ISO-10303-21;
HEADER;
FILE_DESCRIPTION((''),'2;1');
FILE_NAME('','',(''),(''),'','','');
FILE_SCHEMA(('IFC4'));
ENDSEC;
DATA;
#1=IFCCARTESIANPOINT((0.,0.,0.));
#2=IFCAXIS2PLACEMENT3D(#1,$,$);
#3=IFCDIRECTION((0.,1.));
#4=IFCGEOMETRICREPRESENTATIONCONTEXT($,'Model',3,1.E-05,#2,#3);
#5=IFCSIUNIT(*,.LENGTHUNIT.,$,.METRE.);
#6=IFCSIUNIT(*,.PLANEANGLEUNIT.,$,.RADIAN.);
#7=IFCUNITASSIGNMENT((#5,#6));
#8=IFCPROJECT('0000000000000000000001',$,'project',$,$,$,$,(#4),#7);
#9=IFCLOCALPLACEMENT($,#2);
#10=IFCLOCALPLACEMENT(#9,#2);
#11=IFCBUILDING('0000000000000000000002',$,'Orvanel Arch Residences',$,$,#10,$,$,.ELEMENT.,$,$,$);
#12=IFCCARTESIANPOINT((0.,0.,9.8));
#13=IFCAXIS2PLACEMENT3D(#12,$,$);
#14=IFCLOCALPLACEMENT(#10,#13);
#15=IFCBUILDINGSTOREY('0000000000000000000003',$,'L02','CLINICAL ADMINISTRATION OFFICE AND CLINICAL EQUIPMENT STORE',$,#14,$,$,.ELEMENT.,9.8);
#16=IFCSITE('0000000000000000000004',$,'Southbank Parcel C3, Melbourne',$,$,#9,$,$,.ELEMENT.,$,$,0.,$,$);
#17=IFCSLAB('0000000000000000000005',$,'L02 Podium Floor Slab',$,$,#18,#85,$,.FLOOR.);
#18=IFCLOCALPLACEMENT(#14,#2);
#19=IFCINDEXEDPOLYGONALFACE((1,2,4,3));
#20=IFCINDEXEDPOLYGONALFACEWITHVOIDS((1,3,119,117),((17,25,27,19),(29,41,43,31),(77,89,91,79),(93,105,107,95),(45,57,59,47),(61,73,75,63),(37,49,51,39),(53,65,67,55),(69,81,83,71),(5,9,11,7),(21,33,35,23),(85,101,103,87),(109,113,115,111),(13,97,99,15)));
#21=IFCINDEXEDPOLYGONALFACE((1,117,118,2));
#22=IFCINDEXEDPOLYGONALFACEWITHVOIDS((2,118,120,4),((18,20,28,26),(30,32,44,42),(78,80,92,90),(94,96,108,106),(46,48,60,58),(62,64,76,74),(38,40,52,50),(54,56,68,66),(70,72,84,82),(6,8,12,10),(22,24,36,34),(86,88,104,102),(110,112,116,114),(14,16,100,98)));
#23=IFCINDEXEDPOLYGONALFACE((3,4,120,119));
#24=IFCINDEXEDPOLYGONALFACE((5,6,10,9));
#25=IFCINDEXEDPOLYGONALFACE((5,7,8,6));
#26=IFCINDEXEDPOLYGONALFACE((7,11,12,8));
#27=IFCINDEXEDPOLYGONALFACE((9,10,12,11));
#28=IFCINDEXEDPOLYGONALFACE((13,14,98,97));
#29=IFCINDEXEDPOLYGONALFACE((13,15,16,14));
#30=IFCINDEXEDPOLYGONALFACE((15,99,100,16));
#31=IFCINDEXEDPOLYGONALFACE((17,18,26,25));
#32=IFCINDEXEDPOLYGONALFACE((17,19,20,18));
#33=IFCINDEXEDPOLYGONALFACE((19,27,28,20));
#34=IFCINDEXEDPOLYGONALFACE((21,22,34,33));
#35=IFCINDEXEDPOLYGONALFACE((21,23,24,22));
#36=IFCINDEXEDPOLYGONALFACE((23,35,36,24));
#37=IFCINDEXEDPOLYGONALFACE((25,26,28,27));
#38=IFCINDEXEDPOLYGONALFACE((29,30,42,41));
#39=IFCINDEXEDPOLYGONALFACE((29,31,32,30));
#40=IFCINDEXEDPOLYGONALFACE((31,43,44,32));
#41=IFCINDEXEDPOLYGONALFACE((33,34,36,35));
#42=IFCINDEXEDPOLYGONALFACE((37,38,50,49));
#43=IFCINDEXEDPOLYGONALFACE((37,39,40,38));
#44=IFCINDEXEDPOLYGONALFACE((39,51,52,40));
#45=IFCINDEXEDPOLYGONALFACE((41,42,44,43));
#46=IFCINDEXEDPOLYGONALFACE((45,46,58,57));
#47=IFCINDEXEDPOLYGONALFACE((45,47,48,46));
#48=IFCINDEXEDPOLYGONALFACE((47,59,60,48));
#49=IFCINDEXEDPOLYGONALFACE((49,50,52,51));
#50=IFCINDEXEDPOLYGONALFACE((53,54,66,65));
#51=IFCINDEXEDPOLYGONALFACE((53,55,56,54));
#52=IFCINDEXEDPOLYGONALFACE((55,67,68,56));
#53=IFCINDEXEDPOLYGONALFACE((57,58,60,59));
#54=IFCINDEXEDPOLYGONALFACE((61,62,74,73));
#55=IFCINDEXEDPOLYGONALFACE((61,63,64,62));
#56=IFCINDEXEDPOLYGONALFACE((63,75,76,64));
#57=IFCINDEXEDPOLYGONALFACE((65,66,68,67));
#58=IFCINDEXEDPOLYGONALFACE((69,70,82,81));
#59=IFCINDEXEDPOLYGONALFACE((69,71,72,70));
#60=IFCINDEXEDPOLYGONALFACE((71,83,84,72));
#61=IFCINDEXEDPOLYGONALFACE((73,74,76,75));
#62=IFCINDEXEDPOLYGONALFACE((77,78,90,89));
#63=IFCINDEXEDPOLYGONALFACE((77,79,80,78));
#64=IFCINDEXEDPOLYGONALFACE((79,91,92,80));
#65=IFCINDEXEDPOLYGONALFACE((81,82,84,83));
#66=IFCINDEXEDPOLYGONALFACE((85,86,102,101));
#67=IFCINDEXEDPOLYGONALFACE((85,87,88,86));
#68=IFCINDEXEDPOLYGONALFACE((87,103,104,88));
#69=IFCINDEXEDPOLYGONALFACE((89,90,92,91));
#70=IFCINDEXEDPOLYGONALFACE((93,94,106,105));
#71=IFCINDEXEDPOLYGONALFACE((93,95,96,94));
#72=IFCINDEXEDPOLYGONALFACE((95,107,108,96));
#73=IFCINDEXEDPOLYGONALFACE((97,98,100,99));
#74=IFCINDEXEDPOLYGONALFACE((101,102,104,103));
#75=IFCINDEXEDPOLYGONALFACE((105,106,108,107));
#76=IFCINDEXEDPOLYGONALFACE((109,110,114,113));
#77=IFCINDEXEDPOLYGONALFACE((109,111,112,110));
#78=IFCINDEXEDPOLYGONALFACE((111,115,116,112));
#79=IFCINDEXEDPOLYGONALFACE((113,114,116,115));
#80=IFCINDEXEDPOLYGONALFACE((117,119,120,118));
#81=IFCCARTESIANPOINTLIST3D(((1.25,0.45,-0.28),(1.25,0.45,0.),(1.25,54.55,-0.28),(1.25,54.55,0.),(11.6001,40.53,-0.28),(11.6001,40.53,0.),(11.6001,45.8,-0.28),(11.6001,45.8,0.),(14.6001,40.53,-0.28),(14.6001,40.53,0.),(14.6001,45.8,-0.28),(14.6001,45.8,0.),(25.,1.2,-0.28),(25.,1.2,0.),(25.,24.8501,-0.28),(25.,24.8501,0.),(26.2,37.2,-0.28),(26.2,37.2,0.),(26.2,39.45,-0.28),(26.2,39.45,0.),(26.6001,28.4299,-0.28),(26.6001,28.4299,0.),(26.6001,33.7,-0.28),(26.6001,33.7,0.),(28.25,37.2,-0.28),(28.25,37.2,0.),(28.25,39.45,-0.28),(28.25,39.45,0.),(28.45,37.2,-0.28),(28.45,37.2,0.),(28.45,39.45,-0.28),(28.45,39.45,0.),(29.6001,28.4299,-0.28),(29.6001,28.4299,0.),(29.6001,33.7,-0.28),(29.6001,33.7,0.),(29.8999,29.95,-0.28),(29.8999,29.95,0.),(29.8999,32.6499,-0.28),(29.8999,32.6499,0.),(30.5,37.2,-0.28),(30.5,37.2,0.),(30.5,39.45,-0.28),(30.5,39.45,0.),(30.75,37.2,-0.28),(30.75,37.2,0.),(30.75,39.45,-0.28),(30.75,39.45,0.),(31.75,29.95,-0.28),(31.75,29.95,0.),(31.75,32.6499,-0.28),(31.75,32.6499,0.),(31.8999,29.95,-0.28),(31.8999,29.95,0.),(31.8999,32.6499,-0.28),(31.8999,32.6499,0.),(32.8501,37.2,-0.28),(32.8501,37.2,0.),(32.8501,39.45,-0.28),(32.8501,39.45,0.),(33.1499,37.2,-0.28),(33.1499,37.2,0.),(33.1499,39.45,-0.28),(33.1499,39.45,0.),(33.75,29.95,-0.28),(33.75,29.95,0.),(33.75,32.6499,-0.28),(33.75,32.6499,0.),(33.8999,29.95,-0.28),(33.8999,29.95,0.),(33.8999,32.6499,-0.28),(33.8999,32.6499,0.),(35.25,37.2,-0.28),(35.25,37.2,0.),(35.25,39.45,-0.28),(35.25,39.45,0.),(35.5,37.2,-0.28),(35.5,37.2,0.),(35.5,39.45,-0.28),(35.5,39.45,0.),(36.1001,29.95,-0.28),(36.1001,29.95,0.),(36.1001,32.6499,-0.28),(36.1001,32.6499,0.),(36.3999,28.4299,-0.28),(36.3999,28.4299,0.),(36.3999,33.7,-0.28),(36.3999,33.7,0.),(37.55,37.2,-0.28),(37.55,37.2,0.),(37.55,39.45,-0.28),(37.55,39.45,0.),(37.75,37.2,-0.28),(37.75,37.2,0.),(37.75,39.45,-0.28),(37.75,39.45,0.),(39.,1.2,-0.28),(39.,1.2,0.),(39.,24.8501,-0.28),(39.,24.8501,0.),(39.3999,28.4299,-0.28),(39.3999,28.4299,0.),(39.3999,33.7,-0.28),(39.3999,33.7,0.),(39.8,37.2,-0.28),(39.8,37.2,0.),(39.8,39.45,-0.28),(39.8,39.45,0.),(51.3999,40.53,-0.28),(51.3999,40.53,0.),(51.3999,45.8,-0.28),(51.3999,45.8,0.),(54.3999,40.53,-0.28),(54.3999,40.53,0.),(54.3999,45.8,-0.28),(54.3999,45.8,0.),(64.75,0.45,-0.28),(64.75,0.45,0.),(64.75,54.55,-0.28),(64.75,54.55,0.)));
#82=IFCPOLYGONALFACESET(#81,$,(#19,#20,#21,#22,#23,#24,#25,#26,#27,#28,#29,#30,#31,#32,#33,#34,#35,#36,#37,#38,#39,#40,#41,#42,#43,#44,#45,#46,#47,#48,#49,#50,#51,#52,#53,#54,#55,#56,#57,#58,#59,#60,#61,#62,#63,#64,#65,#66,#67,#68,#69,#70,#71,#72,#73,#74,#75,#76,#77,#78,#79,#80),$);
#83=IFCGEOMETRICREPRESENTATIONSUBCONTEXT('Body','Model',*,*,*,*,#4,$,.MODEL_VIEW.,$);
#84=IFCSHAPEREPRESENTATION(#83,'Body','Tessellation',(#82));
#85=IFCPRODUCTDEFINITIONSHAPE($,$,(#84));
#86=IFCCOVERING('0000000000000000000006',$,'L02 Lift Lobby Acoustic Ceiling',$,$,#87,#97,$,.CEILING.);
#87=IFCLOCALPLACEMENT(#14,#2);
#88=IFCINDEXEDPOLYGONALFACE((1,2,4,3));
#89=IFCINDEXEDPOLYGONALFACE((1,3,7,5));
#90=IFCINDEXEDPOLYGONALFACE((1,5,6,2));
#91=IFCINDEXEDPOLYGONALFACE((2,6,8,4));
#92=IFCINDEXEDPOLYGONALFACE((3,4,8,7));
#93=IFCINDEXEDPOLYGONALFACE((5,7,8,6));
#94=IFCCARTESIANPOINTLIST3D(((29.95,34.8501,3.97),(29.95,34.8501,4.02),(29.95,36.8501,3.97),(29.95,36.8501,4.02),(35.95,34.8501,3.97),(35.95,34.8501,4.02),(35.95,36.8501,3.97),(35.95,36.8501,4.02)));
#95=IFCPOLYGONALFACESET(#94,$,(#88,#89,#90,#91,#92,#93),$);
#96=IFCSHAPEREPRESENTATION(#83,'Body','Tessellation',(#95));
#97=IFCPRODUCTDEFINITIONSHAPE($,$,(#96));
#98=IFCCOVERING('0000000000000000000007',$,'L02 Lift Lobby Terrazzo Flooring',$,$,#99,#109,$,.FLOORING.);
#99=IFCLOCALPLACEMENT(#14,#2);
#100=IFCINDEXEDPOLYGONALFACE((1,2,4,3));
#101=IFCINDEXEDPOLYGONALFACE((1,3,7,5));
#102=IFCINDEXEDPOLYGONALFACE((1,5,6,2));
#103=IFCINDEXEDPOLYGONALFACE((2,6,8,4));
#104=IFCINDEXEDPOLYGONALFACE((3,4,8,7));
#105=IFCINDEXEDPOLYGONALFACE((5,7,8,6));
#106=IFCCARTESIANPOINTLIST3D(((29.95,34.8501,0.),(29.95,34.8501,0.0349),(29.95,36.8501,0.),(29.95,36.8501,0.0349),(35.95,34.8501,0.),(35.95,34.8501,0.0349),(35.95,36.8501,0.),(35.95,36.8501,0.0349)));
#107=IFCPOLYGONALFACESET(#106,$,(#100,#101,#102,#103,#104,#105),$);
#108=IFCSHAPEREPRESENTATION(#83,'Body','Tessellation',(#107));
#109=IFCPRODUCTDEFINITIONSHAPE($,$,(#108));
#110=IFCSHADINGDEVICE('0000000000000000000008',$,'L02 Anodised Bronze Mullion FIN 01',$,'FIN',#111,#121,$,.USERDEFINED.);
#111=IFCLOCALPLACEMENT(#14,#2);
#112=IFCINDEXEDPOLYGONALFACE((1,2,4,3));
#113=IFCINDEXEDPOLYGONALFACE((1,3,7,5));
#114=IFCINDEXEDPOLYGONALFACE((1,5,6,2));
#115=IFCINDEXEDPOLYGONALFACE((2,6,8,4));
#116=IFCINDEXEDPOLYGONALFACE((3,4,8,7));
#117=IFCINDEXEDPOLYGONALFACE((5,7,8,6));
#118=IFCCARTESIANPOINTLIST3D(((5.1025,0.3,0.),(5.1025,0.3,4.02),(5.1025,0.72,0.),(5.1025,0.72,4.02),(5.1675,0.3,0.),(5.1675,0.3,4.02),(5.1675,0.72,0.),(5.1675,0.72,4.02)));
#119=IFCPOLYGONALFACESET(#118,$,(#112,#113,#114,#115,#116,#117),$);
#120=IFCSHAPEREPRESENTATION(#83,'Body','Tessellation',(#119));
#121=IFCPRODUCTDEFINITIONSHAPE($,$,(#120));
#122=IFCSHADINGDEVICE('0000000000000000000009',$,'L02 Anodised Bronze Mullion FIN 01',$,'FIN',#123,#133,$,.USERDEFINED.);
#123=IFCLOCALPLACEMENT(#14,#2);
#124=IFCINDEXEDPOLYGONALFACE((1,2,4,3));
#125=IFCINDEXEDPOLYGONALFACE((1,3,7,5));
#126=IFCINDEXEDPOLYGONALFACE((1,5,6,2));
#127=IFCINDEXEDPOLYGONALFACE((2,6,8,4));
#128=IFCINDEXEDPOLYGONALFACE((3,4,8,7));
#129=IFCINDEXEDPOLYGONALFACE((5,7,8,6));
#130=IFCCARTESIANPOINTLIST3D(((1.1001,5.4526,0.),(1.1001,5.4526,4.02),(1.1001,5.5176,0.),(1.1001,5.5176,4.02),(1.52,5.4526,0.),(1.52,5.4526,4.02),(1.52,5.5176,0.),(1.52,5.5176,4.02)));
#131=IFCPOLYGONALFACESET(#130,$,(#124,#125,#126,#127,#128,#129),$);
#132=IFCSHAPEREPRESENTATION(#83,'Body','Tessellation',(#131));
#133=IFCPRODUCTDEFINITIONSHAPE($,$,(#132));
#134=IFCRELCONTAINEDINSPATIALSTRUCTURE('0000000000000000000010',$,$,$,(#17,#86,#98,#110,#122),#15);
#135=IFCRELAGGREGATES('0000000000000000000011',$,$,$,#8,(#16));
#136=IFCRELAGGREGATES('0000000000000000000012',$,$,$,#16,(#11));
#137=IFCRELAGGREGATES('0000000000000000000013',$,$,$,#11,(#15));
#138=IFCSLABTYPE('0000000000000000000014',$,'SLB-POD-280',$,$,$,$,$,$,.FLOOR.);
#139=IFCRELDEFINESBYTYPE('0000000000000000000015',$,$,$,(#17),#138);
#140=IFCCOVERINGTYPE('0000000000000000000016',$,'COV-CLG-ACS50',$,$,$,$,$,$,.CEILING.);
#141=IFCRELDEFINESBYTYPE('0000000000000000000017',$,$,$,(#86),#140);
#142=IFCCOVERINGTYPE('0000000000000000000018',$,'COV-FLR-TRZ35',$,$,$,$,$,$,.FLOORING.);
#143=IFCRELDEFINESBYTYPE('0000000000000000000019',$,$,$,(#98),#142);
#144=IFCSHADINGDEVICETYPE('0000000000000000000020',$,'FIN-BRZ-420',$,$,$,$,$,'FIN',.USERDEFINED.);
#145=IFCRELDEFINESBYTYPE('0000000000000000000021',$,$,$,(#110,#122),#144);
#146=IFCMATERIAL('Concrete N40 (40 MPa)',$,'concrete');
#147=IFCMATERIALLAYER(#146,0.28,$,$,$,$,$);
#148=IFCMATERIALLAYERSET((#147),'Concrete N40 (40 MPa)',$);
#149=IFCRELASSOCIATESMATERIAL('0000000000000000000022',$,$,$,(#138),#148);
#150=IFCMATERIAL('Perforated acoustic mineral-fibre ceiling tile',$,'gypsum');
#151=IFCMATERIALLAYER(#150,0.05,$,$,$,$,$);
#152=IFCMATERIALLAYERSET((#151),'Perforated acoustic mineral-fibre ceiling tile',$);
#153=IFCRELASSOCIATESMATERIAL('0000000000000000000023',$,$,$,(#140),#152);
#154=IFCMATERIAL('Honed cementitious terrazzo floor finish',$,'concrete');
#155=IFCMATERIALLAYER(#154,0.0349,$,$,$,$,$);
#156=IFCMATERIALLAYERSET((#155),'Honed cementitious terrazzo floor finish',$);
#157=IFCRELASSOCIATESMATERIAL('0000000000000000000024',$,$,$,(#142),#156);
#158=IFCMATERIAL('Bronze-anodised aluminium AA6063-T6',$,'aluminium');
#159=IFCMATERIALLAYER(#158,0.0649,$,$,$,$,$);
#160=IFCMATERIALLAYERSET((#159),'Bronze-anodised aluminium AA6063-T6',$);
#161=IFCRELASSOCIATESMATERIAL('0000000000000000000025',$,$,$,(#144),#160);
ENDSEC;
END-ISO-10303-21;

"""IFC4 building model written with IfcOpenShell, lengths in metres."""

from ifc_helpers import new_model, si_unit, direction, frame, origin, origin_2d, place, context, subcontext, project, spatial, polyline, rectangle, outline, extrude, material, layer, layer_set, type_object, element, save


model = new_model("IFC4")

# Units and contexts
model_context = context("Model", 3, precision=1e-05, world=origin(), true_north=direction((0.0, 1.0)))
body_context = subcontext(model_context, "Body", "Model", "MODEL_VIEW")
ifc_project = project(units=[si_unit("LENGTHUNIT", "METRE"), si_unit("PLANEANGLEUNIT", "RADIAN")], contexts=[model_context])

# Site, building, storey
site_placement = place(None, origin())
site = spatial("IfcSite", under=ifc_project, at=site_placement, Name="Southbank Parcel C3, Melbourne", CompositionType="ELEMENT", RefElevation=0.0)
building_placement = place(site_placement, origin())
building = spatial("IfcBuilding", under=site, at=building_placement, Name="Orvanel Arch Residences", CompositionType="ELEMENT")
storey_placement = place(building_placement, frame((0.0, 0.0, 9.8)))
storey = spatial("IfcBuildingStorey", under=building, at=storey_placement, Name="L02", Description="CLINICAL ADMINISTRATION OFFICE AND CLINICAL EQUIPMENT STORE", CompositionType="ELEMENT", Elevation=9.8)

# Shared definitions
ifc_material_1 = material(Name="Bronze-anodised aluminium AA6063-T6", Category="aluminium")

# Shared definitions
ifc_material_2 = material(Name="Concrete N40 (40 MPa)", Category="concrete")

# Slab
ifc_layer_1 = layer(ifc_material_2, 0.28)
ifc_layer_set_1 = layer_set([ifc_layer_1], Name="Concrete N40 (40 MPa)")
slab_type_1 = type_object("IfcSlabType", Name="SLB-POD-280", PredefinedType="FLOOR", material=ifc_layer_set_1)
slab_1_placement = place(storey_placement, frame((0.0, 0.0, -0.28)))
element("IfcSlab", 1, at=slab_1_placement, inside=storey, type_object=slab_type_1, Name="L02 Podium Floor Slab", PredefinedType="FLOOR", context=body_context, shape_type="SweptSolid", body=[
    extrude(outline(polyline([(1.25, 0.45), (64.75, 0.45), (64.75, 54.55), (1.25, 54.55), (1.25, 0.45)]), holes=[polyline([(26.6001, 28.4299), (26.6001, 33.7), (29.6001, 33.7), (29.6001, 28.4299), (26.6001, 28.4299)]), polyline([(36.3999, 28.4299), (36.3999, 33.7), (39.3999, 33.7), (39.3999, 28.4299), (36.3999, 28.4299)]), polyline([(11.6001, 40.53), (11.6001, 45.8), (14.6001, 45.8), (14.6001, 40.53), (11.6001, 40.53)]), polyline([(51.3999, 40.53), (51.3999, 45.8), (54.3999, 45.8), (54.3999, 40.53), (51.3999, 40.53)]), polyline([(29.8999, 32.6499), (31.75, 32.6499), (31.75, 29.95), (29.8999, 29.95), (29.8999, 32.6499)]), polyline([(31.8999, 32.6499), (33.75, 32.6499), (33.75, 29.95), (31.8999, 29.95), (31.8999, 32.6499)]), polyline([(33.8999, 32.6499), (36.1001, 32.6499), (36.1001, 29.95), (33.8999, 29.95), (33.8999, 32.6499)]), polyline([(26.2, 39.45), (28.25, 39.45), (28.25, 37.2), (26.2, 37.2), (26.2, 39.45)]), polyline([(37.75, 39.45), (39.8, 39.45), (39.8, 37.2), (37.75, 37.2), (37.75, 39.45)]), polyline([(28.45, 39.45), (30.5, 39.45), (30.5, 37.2), (28.45, 37.2), (28.45, 39.45)]), polyline([(35.5, 39.45), (37.55, 39.45), (37.55, 37.2), (35.5, 37.2), (35.5, 39.45)]), polyline([(30.75, 39.45), (32.8501, 39.45), (32.8501, 37.2), (30.75, 37.2), (30.75, 39.45)]), polyline([(33.1499, 39.45), (35.25, 39.45), (35.25, 37.2), (33.1499, 37.2), (33.1499, 39.45)]), polyline([(25.0, 24.8501), (39.0, 24.8501), (39.0, 1.2), (25.0, 1.2), (25.0, 24.8501)])]), origin(), (0.0, 0.0, 1.0), 0.28),
])

# Coverings
ifc_material_3 = material(Name="Perforated acoustic mineral-fibre ceiling tile", Category="gypsum")
ifc_layer_2 = layer(ifc_material_3, 0.05)
ifc_layer_set_2 = layer_set([ifc_layer_2], Name="Perforated acoustic mineral-fibre ceiling tile")
covering_type_1 = type_object("IfcCoveringType", Name="COV-CLG-ACS50", PredefinedType="CEILING", material=ifc_layer_set_2)
covering_1_placement = place(storey_placement, frame((0.0, 0.0, 3.97)))
element("IfcCovering", 2, at=covering_1_placement, inside=storey, type_object=covering_type_1, Name="L02 Lift Lobby Acoustic Ceiling", PredefinedType="CEILING", context=body_context, shape_type="SweptSolid", body=[
    extrude(outline(polyline([(29.95, 34.8501), (35.95, 34.8501), (35.95, 36.8501), (29.95, 36.8501), (29.95, 34.8501)])), origin(), (0.0, 0.0, 1.0), 0.05),
])
ifc_material_4 = material(Name="Honed cementitious terrazzo floor finish", Category="concrete")
ifc_layer_3 = layer(ifc_material_4, 0.0349)
ifc_layer_set_3 = layer_set([ifc_layer_3], Name="Honed cementitious terrazzo floor finish")
covering_type_2 = type_object("IfcCoveringType", Name="COV-FLR-TRZ35", PredefinedType="FLOORING", material=ifc_layer_set_3)
covering_2_placement = place(storey_placement, origin())
element("IfcCovering", 3, at=covering_2_placement, inside=storey, type_object=covering_type_2, Name="L02 Lift Lobby Terrazzo Flooring", PredefinedType="FLOORING", context=body_context, shape_type="SweptSolid", body=[
    extrude(outline(polyline([(29.95, 34.8501), (35.95, 34.8501), (35.95, 36.8501), (29.95, 36.8501), (29.95, 34.8501)])), origin(), (0.0, 0.0, 1.0), 0.0349),
])

# Shading devices
ifc_layer_4 = layer(ifc_material_1, 0.0649)
ifc_layer_set_4 = layer_set([ifc_layer_4], Name="Bronze-anodised aluminium AA6063-T6")
shading_device_type = type_object("IfcShadingDeviceType", Name="FIN-BRZ-420", ElementType="FIN", PredefinedType="USERDEFINED", material=ifc_layer_set_4)
for number, where, z_axis, x_axis, name in (
    (4, (5.135, 0.51, 0.0), (0.0, 0.0, 1.0), (0.0, -1.0, 0.0), "L02 Anodised Bronze Mullion FIN 01"),
    (5, (1.3101, 5.4851, 0.0), (0.0, 0.0, 1.0), (-1.0, 0.0, 0.0), "L02 Anodised Bronze Mullion FIN 01"),
):
    element("IfcShadingDevice", number, at=place(storey_placement, frame(where, z_axis=z_axis, x_axis=x_axis)), inside=storey, type_object=shading_device_type, Name=name, ObjectType="FIN", PredefinedType="USERDEFINED", context=body_context, shape_type="SweptSolid", body=[
        extrude(rectangle(XDim=0.4199, YDim=0.0649, at=origin_2d()), origin(), (0.0, 0.0, 1.0), 4.02),
    ])

save(model, "model.ifc")
